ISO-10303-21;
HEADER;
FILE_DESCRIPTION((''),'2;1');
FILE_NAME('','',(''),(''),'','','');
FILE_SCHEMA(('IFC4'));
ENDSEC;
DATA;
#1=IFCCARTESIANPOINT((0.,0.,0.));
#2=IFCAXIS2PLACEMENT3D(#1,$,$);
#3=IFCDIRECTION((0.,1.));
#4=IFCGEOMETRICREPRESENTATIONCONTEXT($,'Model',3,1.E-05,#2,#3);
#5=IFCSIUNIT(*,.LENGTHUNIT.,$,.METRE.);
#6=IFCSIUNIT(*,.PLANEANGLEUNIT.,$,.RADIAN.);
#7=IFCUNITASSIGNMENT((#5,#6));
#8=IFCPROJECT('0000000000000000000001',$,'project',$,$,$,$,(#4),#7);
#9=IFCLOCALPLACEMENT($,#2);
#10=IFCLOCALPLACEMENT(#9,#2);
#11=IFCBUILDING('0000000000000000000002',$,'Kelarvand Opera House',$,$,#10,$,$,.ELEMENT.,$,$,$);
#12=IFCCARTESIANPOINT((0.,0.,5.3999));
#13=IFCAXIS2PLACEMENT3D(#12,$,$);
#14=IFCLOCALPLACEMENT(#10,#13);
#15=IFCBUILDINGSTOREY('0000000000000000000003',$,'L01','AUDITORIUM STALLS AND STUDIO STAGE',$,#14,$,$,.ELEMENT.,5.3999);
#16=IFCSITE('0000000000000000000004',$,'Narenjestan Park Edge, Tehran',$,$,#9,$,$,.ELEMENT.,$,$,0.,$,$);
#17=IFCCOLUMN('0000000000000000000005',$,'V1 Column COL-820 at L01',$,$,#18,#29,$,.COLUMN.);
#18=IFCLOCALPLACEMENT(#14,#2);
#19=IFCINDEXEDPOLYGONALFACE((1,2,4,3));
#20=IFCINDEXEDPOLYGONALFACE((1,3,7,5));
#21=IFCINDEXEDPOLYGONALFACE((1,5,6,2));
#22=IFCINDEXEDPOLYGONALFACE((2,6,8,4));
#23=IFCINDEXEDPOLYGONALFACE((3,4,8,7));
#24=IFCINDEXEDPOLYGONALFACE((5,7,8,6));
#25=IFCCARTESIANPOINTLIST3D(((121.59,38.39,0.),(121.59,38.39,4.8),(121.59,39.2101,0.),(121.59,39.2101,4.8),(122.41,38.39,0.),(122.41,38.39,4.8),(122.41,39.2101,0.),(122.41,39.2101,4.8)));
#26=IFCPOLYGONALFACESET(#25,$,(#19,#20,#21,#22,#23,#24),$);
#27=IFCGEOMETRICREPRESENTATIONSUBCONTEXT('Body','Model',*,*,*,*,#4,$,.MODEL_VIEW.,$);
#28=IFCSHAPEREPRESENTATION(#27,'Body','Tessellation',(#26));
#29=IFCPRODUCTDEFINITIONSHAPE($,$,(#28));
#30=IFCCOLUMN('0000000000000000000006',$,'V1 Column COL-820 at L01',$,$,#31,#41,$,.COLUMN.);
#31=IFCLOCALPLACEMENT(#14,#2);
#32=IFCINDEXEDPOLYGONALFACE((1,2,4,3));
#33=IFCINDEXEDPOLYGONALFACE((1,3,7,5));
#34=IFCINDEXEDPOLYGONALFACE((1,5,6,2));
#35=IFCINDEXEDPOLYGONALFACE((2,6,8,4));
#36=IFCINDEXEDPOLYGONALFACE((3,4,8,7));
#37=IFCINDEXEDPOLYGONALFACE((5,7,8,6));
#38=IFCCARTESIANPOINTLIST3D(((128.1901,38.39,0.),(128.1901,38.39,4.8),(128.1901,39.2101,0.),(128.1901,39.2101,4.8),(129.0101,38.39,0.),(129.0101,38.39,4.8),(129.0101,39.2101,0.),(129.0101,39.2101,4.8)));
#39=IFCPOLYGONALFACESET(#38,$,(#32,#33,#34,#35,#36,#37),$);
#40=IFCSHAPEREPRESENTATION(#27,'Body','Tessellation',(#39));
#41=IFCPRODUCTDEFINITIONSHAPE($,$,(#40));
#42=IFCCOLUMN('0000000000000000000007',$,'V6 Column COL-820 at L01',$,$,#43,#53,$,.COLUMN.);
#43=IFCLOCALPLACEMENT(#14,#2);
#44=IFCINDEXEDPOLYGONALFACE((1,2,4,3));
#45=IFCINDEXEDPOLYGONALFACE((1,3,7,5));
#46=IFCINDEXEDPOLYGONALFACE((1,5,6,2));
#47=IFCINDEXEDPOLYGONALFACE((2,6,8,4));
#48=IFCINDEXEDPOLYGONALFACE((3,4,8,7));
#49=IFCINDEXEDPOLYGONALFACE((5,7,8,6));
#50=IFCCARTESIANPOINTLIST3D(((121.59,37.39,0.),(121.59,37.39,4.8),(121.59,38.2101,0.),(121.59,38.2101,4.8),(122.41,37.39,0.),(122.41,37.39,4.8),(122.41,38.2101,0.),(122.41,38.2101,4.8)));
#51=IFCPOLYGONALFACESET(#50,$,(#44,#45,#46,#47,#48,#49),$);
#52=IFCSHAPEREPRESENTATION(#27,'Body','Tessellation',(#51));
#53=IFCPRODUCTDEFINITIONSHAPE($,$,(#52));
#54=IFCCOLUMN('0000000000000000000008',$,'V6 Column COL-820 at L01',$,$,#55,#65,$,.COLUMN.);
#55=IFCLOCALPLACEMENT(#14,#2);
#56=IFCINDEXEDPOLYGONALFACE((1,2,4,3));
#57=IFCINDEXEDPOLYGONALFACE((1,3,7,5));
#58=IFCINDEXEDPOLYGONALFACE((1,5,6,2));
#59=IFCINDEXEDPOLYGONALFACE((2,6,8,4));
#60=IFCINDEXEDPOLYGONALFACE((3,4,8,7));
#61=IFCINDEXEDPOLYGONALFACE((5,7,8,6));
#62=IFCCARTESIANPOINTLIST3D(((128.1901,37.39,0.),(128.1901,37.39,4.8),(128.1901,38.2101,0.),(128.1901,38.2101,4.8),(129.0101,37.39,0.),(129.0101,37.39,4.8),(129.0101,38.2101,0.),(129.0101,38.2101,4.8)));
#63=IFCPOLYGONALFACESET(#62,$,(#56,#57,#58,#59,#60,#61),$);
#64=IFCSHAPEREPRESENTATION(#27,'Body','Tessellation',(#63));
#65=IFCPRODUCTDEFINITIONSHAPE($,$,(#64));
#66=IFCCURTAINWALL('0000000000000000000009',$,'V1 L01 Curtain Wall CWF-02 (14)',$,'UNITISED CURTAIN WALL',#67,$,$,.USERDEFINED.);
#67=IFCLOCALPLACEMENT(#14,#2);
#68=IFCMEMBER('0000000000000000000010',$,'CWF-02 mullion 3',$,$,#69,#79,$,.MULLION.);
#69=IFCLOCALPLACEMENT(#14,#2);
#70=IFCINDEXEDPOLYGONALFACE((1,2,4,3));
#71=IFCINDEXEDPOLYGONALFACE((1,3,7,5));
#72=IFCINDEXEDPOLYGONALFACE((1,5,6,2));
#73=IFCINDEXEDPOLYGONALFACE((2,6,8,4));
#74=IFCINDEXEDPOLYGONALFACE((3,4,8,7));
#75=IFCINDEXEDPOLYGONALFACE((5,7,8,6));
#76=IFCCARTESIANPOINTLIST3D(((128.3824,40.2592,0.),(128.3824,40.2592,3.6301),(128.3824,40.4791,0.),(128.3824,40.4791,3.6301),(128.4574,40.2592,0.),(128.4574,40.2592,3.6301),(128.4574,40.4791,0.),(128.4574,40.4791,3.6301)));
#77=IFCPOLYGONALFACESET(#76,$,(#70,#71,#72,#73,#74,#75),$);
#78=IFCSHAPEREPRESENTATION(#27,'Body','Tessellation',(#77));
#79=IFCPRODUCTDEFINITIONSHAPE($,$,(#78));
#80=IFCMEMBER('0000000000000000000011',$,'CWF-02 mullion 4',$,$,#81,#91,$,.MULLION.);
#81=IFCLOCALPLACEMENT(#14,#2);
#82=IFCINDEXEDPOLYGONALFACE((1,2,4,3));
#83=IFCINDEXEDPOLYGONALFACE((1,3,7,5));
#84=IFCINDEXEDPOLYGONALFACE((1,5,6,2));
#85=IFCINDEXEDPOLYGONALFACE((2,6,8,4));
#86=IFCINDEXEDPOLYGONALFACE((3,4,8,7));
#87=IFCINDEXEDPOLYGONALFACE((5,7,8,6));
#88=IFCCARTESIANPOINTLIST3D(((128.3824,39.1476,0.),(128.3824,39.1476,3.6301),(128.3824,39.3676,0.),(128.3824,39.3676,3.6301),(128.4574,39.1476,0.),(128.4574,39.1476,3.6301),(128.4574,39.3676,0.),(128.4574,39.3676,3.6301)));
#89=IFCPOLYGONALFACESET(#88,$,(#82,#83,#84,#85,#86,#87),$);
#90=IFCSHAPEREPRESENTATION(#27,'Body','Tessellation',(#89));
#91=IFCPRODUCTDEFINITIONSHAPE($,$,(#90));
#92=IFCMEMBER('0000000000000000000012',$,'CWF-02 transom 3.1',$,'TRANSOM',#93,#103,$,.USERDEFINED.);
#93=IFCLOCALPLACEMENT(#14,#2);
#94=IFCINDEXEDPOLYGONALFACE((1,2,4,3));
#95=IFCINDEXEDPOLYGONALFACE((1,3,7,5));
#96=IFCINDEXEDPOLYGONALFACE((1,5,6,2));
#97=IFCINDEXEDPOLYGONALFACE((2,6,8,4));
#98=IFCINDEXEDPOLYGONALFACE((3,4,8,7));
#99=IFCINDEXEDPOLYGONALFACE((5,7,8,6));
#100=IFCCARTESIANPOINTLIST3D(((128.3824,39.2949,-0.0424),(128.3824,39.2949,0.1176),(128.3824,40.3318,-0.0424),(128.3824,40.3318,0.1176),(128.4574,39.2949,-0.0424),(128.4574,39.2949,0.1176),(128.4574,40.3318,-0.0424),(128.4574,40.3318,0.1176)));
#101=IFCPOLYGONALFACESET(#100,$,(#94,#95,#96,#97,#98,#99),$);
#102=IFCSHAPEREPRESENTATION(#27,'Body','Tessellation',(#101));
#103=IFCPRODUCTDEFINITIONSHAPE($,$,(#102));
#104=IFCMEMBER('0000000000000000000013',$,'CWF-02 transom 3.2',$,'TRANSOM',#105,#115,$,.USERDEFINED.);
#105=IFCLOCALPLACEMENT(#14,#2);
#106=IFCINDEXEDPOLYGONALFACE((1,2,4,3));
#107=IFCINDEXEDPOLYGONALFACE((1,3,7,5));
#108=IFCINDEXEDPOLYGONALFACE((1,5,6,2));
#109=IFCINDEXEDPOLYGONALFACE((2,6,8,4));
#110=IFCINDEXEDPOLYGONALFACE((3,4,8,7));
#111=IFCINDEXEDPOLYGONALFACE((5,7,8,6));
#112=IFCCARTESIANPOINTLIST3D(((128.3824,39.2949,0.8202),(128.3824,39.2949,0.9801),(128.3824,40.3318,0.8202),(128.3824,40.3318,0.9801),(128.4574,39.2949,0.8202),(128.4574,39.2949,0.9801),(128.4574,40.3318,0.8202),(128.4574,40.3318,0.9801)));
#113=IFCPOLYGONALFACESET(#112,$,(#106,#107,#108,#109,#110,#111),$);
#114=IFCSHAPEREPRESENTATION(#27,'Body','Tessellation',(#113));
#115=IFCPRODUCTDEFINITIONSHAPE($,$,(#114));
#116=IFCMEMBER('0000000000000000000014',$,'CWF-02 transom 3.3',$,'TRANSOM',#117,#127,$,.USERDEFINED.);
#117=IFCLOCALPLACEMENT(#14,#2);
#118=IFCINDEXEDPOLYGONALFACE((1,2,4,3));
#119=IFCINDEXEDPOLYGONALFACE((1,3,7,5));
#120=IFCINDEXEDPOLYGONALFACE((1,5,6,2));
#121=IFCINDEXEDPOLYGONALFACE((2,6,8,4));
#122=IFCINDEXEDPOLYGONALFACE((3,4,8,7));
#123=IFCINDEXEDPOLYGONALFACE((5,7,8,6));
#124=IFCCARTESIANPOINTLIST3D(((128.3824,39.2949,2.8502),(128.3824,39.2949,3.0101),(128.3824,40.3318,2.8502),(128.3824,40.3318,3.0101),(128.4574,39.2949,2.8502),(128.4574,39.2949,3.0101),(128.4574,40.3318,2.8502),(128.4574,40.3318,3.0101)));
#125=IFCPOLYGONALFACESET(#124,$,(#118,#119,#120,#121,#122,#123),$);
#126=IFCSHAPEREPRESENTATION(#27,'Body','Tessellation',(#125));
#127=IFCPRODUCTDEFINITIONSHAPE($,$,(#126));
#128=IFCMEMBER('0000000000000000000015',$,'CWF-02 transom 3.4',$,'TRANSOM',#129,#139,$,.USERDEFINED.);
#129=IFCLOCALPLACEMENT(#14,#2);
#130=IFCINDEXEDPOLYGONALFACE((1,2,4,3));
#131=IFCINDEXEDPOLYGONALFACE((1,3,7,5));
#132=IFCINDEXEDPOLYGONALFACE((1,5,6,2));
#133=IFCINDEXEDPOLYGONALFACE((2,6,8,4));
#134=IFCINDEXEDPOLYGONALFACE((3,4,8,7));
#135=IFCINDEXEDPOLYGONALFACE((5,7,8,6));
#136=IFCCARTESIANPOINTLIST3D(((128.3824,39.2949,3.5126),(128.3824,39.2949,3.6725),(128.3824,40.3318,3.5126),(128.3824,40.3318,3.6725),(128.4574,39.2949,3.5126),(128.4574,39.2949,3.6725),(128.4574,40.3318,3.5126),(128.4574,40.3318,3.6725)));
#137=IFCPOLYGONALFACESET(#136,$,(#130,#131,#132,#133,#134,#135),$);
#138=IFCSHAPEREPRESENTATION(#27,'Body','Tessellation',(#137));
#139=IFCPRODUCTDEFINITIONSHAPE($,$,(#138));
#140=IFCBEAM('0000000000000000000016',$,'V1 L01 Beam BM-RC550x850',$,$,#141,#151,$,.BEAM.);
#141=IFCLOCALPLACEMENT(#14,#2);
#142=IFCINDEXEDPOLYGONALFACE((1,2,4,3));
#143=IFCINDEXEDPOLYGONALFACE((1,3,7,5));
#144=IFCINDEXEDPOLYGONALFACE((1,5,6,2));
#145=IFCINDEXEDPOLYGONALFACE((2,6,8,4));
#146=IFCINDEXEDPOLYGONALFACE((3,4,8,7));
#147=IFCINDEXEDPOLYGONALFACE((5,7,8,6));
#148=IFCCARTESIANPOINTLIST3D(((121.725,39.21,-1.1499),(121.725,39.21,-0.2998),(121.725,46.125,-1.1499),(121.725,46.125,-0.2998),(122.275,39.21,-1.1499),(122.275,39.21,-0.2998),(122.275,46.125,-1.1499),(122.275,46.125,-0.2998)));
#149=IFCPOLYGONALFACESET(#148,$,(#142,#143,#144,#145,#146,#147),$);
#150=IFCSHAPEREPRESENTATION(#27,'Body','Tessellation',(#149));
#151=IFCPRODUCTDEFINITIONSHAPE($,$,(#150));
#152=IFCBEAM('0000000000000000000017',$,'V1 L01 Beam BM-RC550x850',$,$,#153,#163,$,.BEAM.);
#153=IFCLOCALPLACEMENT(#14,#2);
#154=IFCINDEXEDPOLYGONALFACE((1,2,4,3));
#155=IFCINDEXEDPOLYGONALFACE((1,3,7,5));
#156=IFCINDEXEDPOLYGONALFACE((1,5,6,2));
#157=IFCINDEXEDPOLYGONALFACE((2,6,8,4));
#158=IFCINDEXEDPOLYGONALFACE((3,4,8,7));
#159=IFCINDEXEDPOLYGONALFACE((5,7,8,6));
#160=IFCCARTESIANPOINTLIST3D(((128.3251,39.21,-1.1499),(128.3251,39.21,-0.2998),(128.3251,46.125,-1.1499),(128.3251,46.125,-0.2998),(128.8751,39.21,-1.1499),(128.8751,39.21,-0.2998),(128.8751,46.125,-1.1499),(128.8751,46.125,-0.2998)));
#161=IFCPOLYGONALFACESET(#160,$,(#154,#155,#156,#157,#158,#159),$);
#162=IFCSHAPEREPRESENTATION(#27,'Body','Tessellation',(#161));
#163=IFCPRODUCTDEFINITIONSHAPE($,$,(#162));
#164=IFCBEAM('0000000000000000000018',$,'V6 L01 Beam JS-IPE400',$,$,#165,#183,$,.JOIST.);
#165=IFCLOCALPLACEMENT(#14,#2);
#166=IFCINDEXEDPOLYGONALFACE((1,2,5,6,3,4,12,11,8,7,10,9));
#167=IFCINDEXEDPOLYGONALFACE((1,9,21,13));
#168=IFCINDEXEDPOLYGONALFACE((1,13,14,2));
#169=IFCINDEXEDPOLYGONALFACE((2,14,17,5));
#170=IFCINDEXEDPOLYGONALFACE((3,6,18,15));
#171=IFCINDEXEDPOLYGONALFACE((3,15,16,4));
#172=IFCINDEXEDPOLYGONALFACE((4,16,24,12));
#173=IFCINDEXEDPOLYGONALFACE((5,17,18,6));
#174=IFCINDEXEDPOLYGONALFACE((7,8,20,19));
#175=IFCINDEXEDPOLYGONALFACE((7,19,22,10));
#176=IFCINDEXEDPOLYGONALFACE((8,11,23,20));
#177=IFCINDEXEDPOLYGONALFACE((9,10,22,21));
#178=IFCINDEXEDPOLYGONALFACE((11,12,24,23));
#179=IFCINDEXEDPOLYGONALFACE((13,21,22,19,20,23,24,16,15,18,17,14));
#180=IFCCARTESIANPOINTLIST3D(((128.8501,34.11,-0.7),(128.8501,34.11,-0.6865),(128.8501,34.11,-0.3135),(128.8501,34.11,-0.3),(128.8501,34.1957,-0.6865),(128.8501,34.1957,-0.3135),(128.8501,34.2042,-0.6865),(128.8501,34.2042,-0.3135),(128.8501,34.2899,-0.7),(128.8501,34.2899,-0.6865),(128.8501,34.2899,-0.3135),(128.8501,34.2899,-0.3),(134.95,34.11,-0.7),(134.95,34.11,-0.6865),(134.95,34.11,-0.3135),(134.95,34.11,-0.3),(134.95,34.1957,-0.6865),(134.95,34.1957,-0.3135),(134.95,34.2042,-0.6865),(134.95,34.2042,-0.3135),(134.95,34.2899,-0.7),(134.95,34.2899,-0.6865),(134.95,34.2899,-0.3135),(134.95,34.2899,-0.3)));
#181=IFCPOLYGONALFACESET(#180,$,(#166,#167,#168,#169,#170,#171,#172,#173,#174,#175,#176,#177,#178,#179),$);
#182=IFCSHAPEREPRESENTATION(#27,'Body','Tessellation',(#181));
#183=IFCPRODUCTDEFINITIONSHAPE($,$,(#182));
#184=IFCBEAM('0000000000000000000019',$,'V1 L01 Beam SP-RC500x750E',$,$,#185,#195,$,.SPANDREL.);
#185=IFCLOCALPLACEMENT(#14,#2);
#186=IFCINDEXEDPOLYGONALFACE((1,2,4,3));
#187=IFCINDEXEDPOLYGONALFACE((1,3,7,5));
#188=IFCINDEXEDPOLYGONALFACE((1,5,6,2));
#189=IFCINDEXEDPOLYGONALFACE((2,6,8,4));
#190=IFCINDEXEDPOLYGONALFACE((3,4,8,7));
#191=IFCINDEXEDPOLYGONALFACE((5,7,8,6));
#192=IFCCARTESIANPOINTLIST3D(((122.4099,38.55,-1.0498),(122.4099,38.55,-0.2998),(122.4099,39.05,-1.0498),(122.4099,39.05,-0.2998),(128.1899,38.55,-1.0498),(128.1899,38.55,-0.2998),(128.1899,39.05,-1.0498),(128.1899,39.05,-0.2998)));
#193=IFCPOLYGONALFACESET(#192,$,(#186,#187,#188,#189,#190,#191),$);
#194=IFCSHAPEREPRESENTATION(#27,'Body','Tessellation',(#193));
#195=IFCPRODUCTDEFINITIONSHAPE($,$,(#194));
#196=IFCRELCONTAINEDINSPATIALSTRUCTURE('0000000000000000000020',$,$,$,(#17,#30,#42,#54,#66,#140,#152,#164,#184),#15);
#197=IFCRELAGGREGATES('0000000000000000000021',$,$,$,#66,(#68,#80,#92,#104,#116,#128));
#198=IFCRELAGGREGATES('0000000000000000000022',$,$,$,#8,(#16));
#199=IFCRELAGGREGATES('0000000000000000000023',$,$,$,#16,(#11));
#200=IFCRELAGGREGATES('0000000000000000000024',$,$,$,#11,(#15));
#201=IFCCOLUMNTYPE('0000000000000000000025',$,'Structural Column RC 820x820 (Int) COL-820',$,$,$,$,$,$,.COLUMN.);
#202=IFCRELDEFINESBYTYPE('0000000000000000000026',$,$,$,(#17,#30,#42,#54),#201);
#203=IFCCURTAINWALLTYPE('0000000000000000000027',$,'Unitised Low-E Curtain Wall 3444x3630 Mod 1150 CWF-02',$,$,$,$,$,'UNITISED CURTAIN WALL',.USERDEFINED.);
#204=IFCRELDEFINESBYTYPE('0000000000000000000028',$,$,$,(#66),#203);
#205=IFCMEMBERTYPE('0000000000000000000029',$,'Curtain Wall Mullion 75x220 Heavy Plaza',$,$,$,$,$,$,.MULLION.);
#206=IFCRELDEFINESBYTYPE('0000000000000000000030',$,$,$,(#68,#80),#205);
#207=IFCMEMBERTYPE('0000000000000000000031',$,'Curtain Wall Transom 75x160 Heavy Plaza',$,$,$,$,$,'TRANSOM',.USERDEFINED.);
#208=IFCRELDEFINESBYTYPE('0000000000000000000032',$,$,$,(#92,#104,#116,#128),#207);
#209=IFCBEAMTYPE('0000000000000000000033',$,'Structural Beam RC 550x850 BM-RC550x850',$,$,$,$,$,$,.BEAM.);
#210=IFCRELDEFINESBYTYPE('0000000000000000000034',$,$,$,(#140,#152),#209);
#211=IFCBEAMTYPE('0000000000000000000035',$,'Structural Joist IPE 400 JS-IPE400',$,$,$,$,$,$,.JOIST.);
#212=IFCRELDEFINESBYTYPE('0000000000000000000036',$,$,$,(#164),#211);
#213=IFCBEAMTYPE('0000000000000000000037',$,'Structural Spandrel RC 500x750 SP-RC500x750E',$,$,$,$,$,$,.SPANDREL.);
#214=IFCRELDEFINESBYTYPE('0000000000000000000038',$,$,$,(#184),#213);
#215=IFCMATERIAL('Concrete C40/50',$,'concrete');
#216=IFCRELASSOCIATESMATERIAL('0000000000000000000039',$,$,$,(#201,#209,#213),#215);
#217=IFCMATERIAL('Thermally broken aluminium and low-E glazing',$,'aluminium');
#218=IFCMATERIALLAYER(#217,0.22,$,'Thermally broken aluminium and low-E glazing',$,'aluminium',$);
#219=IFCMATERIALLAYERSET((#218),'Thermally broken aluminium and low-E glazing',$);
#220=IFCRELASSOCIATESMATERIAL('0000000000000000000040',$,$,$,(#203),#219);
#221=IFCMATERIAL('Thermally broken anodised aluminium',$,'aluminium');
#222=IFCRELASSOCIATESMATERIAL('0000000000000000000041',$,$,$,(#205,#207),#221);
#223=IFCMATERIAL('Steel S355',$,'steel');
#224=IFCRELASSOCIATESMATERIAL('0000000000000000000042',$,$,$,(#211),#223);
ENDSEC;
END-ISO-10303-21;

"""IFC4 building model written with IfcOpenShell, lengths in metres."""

from ifc_helpers import new_model, si_unit, direction, frame, origin, origin_2d, place, context, subcontext, project, spatial, rectangle, i_section, extrude, material, layer, layer_set, material_profile, profile_set, type_object, element, aggregate, save


model = new_model("IFC4")

# Units and contexts
model_context = context("Model", 3, precision=1e-05, world=origin(), true_north=direction((0.0, 1.0)))
body_context = subcontext(model_context, "Body", "Model", "MODEL_VIEW")
ifc_project = project(units=[si_unit("LENGTHUNIT", "METRE"), si_unit("PLANEANGLEUNIT", "RADIAN")], contexts=[model_context])

# Site, building, storey
site_placement = place(None, origin())
site = spatial("IfcSite", under=ifc_project, at=site_placement, Name="Narenjestan Park Edge, Tehran", CompositionType="ELEMENT", RefElevation=0.0)
building_placement = place(site_placement, origin())
building = spatial("IfcBuilding", under=site, at=building_placement, Name="Kelarvand Opera House", CompositionType="ELEMENT")
storey_placement = place(building_placement, frame((0.0, 0.0, 5.3999)))
storey = spatial("IfcBuildingStorey", under=building, at=storey_placement, Name="L01", Description="AUDITORIUM STALLS AND STUDIO STAGE", CompositionType="ELEMENT", Elevation=5.3999)

# Columns
ifc_material_1 = material(Name="Concrete C40/50", Category="concrete")
ifc_material_profile_1 = material_profile(ifc_material_1, rectangle(XDim=0.8201, YDim=0.8201, at=origin_2d()), Name="RC 820x820", Category="concrete")
ifc_profile_set_1 = profile_set([ifc_material_profile_1], Name="Concrete C40/50")
column_type = type_object("IfcColumnType", Name="Structural Column RC 820x820 (Int) COL-820", PredefinedType="COLUMN", material=ifc_profile_set_1)
for number, where, z_axis, x_axis, name in (
    (1, (122.0, 38.8, 0.0), (0.0, 0.0, 1.0), (1.0, 0.0, 0.0), "V1 Column COL-820 at L01"),
    (2, (128.6001, 38.8, 0.0), (0.0, 0.0, 1.0), (1.0, 0.0, 0.0), "V1 Column COL-820 at L01"),
    (3, (122.0, 37.8, 0.0), (0.0, 0.0, 1.0), (1.0, 0.0, 0.0), "V6 Column COL-820 at L01"),
    (4, (128.6001, 37.8, 0.0), (0.0, 0.0, 1.0), (1.0, 0.0, 0.0), "V6 Column COL-820 at L01"),
):
    element("IfcColumn", number, at=place(storey_placement, frame(where, z_axis=z_axis, x_axis=x_axis)), inside=storey, type_object=column_type, Name=name, PredefinedType="COLUMN", context=body_context, shape_type="SweptSolid", body=[
        extrude(rectangle(XDim=0.8201, YDim=0.8201, at=origin_2d()), origin(), (0.0, 0.0, 1.0), 4.8),
    ])

# Curtain wall, members
ifc_material_2 = material(Name="Thermally broken aluminium and low-E glazing", Category="aluminium")
ifc_layer_1 = layer(ifc_material_2, 0.22, Name="Thermally broken aluminium and low-E glazing", Category="aluminium")
ifc_layer_set_1 = layer_set([ifc_layer_1], Name="Thermally broken aluminium and low-E glazing")
curtain_wall_type = type_object("IfcCurtainWallType", Name="Unitised Low-E Curtain Wall 3444x3630 Mod 1150 CWF-02", ElementType="UNITISED CURTAIN WALL", PredefinedType="USERDEFINED", material=ifc_layer_set_1)
curtain_wall_placement = place(storey_placement, origin())
curtain_wall = element("IfcCurtainWall", 5, at=curtain_wall_placement, inside=storey, type_object=curtain_wall_type, Name="V1 L01 Curtain Wall CWF-02 (14)", ObjectType="UNITISED CURTAIN WALL", PredefinedType="USERDEFINED")
ifc_material_3 = material(Name="Thermally broken anodised aluminium", Category="aluminium")
ifc_material_profile_2 = material_profile(ifc_material_3, rectangle(XDim=0.075, YDim=0.22, at=origin_2d()), Name="ALU MULLION 75x220", Category="aluminium")
ifc_profile_set_2 = profile_set([ifc_material_profile_2], Name="Thermally broken anodised aluminium")
member_type_1 = type_object("IfcMemberType", Name="Curtain Wall Mullion 75x220 Heavy Plaza", PredefinedType="MULLION", material=ifc_profile_set_2)
member_1_placement = place(storey_placement, frame((128.4199, 40.3691, 0.0), z_axis=(0.0, 0.0, 1.0), x_axis=(1.0, 0.0, 0.0)))
member_1 = element("IfcMember", 6, at=member_1_placement, type_object=member_type_1, Name="CWF-02 mullion 3", PredefinedType="MULLION", context=body_context, shape_type="SweptSolid", body=[
    extrude(rectangle(XDim=0.075, YDim=0.22, at=origin_2d()), origin(), (0.0, 0.0, 1.0), 3.6301),
])
member_2_placement = place(storey_placement, frame((128.4199, 39.2576, 0.0), z_axis=(0.0, 0.0, 1.0), x_axis=(1.0, 0.0, 0.0)))
member_2 = element("IfcMember", 7, at=member_2_placement, type_object=member_type_1, Name="CWF-02 mullion 4", PredefinedType="MULLION", context=body_context, shape_type="SweptSolid", body=[
    extrude(rectangle(XDim=0.075, YDim=0.22, at=origin_2d()), origin(), (0.0, 0.0, 1.0), 3.6301),
])
ifc_material_profile_3 = material_profile(ifc_material_3, rectangle(XDim=0.075, YDim=0.1599, at=origin_2d()), Name="ALU TRANSOM 75x160", Category="aluminium")
ifc_profile_set_3 = profile_set([ifc_material_profile_3], Name="Thermally broken anodised aluminium")
member_type_2 = type_object("IfcMemberType", Name="Curtain Wall Transom 75x160 Heavy Plaza", ElementType="TRANSOM", PredefinedType="USERDEFINED", material=ifc_profile_set_3)
member_3_placement = place(storey_placement, frame((128.4199, 40.3318, 0.0376), z_axis=(0.0, -1.0, 0.0), x_axis=(1.0, 0.0, 0.0)))
member_3 = element("IfcMember", 8, at=member_3_placement, type_object=member_type_2, Name="CWF-02 transom 3.1", ObjectType="TRANSOM", PredefinedType="USERDEFINED", context=body_context, shape_type="SweptSolid", body=[
    extrude(rectangle(XDim=0.075, YDim=0.1599, at=origin_2d()), origin(), (0.0, 0.0, 1.0), 1.0369),
])
member_4_placement = place(storey_placement, frame((128.4199, 40.3318, 0.9001), z_axis=(0.0, -1.0, 0.0), x_axis=(1.0, 0.0, 0.0)))
member_4 = element("IfcMember", 9, at=member_4_placement, type_object=member_type_2, Name="CWF-02 transom 3.2", ObjectType="TRANSOM", PredefinedType="USERDEFINED", context=body_context, shape_type="SweptSolid", body=[
    extrude(rectangle(XDim=0.075, YDim=0.1599, at=origin_2d()), origin(), (0.0, 0.0, 1.0), 1.0369),
])
member_5_placement = place(storey_placement, frame((128.4199, 40.3318, 2.9302), z_axis=(0.0, -1.0, 0.0), x_axis=(1.0, 0.0, 0.0)))
member_5 = element("IfcMember", 10, at=member_5_placement, type_object=member_type_2, Name="CWF-02 transom 3.3", ObjectType="TRANSOM", PredefinedType="USERDEFINED", context=body_context, shape_type="SweptSolid", body=[
    extrude(rectangle(XDim=0.075, YDim=0.1599, at=origin_2d()), origin(), (0.0, 0.0, 1.0), 1.0369),
])
member_6_placement = place(storey_placement, frame((128.4199, 40.3318, 3.5925), z_axis=(0.0, -1.0, 0.0), x_axis=(1.0, 0.0, 0.0)))
member_6 = element("IfcMember", 11, at=member_6_placement, type_object=member_type_2, Name="CWF-02 transom 3.4", ObjectType="TRANSOM", PredefinedType="USERDEFINED", context=body_context, shape_type="SweptSolid", body=[
    extrude(rectangle(XDim=0.075, YDim=0.1599, at=origin_2d()), origin(), (0.0, 0.0, 1.0), 1.0369),
])

# Beams
ifc_material_profile_4 = material_profile(ifc_material_1, rectangle(XDim=0.55, YDim=0.8501, at=origin_2d()), Name="RC 550x850", Category="concrete")
ifc_profile_set_4 = profile_set([ifc_material_profile_4], Name="Concrete C40/50")
beam_type_1 = type_object("IfcBeamType", Name="Structural Beam RC 550x850 BM-RC550x850", PredefinedType="BEAM", material=ifc_profile_set_4)
for number, where, z_axis, x_axis, name in (
    (12, (122.0, 39.21, -0.7249), (0.0, 1.0, 0.0), (-1.0, 0.0, 0.0), "V1 L01 Beam BM-RC550x850"),
    (13, (128.6001, 39.21, -0.7249), (0.0, 1.0, 0.0), (-1.0, 0.0, 0.0), "V1 L01 Beam BM-RC550x850"),
):
    element("IfcBeam", number, at=place(storey_placement, frame(where, z_axis=z_axis, x_axis=x_axis)), inside=storey, type_object=beam_type_1, Name=name, PredefinedType="BEAM", context=body_context, shape_type="SweptSolid", body=[
        extrude(rectangle(XDim=0.55, YDim=0.8501, at=origin_2d()), origin(), (0.0, 0.0, 1.0), 6.915),
    ])
ifc_material_4 = material(Name="Steel S355", Category="steel")
ifc_material_profile_5 = material_profile(ifc_material_4, i_section(OverallWidth=0.1799, OverallDepth=0.3999, WebThickness=0.0085, FlangeThickness=0.0134, at=origin_2d()), Name="IPE 400", Category="steel")
ifc_profile_set_5 = profile_set([ifc_material_profile_5], Name="Steel S355")
beam_type_2 = type_object("IfcBeamType", Name="Structural Joist IPE 400 JS-IPE400", PredefinedType="JOIST", material=ifc_profile_set_5)
beam_placement = place(storey_placement, frame((128.8501, 34.2, -0.5), z_axis=(1.0, 0.0, 0.0), x_axis=(0.0, 1.0, 0.0)))
element("IfcBeam", 14, at=beam_placement, inside=storey, type_object=beam_type_2, Name="V6 L01 Beam JS-IPE400", PredefinedType="JOIST", context=body_context, shape_type="SweptSolid", body=[
    extrude(i_section(OverallWidth=0.1799, OverallDepth=0.3999, WebThickness=0.0085, FlangeThickness=0.0134, at=origin_2d()), origin(), (0.0, 0.0, 1.0), 6.0999),
])
ifc_material_profile_6 = material_profile(ifc_material_1, rectangle(XDim=0.5, YDim=0.75, at=origin_2d()), Name="RC 500x750", Category="concrete")
ifc_profile_set_6 = profile_set([ifc_material_profile_6], Name="Concrete C40/50")
beam_type_3 = type_object("IfcBeamType", Name="Structural Spandrel RC 500x750 SP-RC500x750E", PredefinedType="SPANDREL", material=ifc_profile_set_6)
for number, where, z_axis, x_axis, name in (
    (15, (122.4099, 38.8, -0.6748), (1.0, 0.0, 0.0), (0.0, 1.0, 0.0), "V1 L01 Beam SP-RC500x750E"),
):
    element("IfcBeam", number, at=place(storey_placement, frame(where, z_axis=z_axis, x_axis=x_axis)), inside=storey, type_object=beam_type_3, Name=name, PredefinedType="SPANDREL", context=body_context, shape_type="SweptSolid", body=[
        extrude(rectangle(XDim=0.5, YDim=0.75, at=origin_2d()), origin(), (0.0, 0.0, 1.0), 5.78),
    ])

aggregate(curtain_wall, [member_1, member_2, member_3, member_4, member_5, member_6])

save(model, "model.ifc")
